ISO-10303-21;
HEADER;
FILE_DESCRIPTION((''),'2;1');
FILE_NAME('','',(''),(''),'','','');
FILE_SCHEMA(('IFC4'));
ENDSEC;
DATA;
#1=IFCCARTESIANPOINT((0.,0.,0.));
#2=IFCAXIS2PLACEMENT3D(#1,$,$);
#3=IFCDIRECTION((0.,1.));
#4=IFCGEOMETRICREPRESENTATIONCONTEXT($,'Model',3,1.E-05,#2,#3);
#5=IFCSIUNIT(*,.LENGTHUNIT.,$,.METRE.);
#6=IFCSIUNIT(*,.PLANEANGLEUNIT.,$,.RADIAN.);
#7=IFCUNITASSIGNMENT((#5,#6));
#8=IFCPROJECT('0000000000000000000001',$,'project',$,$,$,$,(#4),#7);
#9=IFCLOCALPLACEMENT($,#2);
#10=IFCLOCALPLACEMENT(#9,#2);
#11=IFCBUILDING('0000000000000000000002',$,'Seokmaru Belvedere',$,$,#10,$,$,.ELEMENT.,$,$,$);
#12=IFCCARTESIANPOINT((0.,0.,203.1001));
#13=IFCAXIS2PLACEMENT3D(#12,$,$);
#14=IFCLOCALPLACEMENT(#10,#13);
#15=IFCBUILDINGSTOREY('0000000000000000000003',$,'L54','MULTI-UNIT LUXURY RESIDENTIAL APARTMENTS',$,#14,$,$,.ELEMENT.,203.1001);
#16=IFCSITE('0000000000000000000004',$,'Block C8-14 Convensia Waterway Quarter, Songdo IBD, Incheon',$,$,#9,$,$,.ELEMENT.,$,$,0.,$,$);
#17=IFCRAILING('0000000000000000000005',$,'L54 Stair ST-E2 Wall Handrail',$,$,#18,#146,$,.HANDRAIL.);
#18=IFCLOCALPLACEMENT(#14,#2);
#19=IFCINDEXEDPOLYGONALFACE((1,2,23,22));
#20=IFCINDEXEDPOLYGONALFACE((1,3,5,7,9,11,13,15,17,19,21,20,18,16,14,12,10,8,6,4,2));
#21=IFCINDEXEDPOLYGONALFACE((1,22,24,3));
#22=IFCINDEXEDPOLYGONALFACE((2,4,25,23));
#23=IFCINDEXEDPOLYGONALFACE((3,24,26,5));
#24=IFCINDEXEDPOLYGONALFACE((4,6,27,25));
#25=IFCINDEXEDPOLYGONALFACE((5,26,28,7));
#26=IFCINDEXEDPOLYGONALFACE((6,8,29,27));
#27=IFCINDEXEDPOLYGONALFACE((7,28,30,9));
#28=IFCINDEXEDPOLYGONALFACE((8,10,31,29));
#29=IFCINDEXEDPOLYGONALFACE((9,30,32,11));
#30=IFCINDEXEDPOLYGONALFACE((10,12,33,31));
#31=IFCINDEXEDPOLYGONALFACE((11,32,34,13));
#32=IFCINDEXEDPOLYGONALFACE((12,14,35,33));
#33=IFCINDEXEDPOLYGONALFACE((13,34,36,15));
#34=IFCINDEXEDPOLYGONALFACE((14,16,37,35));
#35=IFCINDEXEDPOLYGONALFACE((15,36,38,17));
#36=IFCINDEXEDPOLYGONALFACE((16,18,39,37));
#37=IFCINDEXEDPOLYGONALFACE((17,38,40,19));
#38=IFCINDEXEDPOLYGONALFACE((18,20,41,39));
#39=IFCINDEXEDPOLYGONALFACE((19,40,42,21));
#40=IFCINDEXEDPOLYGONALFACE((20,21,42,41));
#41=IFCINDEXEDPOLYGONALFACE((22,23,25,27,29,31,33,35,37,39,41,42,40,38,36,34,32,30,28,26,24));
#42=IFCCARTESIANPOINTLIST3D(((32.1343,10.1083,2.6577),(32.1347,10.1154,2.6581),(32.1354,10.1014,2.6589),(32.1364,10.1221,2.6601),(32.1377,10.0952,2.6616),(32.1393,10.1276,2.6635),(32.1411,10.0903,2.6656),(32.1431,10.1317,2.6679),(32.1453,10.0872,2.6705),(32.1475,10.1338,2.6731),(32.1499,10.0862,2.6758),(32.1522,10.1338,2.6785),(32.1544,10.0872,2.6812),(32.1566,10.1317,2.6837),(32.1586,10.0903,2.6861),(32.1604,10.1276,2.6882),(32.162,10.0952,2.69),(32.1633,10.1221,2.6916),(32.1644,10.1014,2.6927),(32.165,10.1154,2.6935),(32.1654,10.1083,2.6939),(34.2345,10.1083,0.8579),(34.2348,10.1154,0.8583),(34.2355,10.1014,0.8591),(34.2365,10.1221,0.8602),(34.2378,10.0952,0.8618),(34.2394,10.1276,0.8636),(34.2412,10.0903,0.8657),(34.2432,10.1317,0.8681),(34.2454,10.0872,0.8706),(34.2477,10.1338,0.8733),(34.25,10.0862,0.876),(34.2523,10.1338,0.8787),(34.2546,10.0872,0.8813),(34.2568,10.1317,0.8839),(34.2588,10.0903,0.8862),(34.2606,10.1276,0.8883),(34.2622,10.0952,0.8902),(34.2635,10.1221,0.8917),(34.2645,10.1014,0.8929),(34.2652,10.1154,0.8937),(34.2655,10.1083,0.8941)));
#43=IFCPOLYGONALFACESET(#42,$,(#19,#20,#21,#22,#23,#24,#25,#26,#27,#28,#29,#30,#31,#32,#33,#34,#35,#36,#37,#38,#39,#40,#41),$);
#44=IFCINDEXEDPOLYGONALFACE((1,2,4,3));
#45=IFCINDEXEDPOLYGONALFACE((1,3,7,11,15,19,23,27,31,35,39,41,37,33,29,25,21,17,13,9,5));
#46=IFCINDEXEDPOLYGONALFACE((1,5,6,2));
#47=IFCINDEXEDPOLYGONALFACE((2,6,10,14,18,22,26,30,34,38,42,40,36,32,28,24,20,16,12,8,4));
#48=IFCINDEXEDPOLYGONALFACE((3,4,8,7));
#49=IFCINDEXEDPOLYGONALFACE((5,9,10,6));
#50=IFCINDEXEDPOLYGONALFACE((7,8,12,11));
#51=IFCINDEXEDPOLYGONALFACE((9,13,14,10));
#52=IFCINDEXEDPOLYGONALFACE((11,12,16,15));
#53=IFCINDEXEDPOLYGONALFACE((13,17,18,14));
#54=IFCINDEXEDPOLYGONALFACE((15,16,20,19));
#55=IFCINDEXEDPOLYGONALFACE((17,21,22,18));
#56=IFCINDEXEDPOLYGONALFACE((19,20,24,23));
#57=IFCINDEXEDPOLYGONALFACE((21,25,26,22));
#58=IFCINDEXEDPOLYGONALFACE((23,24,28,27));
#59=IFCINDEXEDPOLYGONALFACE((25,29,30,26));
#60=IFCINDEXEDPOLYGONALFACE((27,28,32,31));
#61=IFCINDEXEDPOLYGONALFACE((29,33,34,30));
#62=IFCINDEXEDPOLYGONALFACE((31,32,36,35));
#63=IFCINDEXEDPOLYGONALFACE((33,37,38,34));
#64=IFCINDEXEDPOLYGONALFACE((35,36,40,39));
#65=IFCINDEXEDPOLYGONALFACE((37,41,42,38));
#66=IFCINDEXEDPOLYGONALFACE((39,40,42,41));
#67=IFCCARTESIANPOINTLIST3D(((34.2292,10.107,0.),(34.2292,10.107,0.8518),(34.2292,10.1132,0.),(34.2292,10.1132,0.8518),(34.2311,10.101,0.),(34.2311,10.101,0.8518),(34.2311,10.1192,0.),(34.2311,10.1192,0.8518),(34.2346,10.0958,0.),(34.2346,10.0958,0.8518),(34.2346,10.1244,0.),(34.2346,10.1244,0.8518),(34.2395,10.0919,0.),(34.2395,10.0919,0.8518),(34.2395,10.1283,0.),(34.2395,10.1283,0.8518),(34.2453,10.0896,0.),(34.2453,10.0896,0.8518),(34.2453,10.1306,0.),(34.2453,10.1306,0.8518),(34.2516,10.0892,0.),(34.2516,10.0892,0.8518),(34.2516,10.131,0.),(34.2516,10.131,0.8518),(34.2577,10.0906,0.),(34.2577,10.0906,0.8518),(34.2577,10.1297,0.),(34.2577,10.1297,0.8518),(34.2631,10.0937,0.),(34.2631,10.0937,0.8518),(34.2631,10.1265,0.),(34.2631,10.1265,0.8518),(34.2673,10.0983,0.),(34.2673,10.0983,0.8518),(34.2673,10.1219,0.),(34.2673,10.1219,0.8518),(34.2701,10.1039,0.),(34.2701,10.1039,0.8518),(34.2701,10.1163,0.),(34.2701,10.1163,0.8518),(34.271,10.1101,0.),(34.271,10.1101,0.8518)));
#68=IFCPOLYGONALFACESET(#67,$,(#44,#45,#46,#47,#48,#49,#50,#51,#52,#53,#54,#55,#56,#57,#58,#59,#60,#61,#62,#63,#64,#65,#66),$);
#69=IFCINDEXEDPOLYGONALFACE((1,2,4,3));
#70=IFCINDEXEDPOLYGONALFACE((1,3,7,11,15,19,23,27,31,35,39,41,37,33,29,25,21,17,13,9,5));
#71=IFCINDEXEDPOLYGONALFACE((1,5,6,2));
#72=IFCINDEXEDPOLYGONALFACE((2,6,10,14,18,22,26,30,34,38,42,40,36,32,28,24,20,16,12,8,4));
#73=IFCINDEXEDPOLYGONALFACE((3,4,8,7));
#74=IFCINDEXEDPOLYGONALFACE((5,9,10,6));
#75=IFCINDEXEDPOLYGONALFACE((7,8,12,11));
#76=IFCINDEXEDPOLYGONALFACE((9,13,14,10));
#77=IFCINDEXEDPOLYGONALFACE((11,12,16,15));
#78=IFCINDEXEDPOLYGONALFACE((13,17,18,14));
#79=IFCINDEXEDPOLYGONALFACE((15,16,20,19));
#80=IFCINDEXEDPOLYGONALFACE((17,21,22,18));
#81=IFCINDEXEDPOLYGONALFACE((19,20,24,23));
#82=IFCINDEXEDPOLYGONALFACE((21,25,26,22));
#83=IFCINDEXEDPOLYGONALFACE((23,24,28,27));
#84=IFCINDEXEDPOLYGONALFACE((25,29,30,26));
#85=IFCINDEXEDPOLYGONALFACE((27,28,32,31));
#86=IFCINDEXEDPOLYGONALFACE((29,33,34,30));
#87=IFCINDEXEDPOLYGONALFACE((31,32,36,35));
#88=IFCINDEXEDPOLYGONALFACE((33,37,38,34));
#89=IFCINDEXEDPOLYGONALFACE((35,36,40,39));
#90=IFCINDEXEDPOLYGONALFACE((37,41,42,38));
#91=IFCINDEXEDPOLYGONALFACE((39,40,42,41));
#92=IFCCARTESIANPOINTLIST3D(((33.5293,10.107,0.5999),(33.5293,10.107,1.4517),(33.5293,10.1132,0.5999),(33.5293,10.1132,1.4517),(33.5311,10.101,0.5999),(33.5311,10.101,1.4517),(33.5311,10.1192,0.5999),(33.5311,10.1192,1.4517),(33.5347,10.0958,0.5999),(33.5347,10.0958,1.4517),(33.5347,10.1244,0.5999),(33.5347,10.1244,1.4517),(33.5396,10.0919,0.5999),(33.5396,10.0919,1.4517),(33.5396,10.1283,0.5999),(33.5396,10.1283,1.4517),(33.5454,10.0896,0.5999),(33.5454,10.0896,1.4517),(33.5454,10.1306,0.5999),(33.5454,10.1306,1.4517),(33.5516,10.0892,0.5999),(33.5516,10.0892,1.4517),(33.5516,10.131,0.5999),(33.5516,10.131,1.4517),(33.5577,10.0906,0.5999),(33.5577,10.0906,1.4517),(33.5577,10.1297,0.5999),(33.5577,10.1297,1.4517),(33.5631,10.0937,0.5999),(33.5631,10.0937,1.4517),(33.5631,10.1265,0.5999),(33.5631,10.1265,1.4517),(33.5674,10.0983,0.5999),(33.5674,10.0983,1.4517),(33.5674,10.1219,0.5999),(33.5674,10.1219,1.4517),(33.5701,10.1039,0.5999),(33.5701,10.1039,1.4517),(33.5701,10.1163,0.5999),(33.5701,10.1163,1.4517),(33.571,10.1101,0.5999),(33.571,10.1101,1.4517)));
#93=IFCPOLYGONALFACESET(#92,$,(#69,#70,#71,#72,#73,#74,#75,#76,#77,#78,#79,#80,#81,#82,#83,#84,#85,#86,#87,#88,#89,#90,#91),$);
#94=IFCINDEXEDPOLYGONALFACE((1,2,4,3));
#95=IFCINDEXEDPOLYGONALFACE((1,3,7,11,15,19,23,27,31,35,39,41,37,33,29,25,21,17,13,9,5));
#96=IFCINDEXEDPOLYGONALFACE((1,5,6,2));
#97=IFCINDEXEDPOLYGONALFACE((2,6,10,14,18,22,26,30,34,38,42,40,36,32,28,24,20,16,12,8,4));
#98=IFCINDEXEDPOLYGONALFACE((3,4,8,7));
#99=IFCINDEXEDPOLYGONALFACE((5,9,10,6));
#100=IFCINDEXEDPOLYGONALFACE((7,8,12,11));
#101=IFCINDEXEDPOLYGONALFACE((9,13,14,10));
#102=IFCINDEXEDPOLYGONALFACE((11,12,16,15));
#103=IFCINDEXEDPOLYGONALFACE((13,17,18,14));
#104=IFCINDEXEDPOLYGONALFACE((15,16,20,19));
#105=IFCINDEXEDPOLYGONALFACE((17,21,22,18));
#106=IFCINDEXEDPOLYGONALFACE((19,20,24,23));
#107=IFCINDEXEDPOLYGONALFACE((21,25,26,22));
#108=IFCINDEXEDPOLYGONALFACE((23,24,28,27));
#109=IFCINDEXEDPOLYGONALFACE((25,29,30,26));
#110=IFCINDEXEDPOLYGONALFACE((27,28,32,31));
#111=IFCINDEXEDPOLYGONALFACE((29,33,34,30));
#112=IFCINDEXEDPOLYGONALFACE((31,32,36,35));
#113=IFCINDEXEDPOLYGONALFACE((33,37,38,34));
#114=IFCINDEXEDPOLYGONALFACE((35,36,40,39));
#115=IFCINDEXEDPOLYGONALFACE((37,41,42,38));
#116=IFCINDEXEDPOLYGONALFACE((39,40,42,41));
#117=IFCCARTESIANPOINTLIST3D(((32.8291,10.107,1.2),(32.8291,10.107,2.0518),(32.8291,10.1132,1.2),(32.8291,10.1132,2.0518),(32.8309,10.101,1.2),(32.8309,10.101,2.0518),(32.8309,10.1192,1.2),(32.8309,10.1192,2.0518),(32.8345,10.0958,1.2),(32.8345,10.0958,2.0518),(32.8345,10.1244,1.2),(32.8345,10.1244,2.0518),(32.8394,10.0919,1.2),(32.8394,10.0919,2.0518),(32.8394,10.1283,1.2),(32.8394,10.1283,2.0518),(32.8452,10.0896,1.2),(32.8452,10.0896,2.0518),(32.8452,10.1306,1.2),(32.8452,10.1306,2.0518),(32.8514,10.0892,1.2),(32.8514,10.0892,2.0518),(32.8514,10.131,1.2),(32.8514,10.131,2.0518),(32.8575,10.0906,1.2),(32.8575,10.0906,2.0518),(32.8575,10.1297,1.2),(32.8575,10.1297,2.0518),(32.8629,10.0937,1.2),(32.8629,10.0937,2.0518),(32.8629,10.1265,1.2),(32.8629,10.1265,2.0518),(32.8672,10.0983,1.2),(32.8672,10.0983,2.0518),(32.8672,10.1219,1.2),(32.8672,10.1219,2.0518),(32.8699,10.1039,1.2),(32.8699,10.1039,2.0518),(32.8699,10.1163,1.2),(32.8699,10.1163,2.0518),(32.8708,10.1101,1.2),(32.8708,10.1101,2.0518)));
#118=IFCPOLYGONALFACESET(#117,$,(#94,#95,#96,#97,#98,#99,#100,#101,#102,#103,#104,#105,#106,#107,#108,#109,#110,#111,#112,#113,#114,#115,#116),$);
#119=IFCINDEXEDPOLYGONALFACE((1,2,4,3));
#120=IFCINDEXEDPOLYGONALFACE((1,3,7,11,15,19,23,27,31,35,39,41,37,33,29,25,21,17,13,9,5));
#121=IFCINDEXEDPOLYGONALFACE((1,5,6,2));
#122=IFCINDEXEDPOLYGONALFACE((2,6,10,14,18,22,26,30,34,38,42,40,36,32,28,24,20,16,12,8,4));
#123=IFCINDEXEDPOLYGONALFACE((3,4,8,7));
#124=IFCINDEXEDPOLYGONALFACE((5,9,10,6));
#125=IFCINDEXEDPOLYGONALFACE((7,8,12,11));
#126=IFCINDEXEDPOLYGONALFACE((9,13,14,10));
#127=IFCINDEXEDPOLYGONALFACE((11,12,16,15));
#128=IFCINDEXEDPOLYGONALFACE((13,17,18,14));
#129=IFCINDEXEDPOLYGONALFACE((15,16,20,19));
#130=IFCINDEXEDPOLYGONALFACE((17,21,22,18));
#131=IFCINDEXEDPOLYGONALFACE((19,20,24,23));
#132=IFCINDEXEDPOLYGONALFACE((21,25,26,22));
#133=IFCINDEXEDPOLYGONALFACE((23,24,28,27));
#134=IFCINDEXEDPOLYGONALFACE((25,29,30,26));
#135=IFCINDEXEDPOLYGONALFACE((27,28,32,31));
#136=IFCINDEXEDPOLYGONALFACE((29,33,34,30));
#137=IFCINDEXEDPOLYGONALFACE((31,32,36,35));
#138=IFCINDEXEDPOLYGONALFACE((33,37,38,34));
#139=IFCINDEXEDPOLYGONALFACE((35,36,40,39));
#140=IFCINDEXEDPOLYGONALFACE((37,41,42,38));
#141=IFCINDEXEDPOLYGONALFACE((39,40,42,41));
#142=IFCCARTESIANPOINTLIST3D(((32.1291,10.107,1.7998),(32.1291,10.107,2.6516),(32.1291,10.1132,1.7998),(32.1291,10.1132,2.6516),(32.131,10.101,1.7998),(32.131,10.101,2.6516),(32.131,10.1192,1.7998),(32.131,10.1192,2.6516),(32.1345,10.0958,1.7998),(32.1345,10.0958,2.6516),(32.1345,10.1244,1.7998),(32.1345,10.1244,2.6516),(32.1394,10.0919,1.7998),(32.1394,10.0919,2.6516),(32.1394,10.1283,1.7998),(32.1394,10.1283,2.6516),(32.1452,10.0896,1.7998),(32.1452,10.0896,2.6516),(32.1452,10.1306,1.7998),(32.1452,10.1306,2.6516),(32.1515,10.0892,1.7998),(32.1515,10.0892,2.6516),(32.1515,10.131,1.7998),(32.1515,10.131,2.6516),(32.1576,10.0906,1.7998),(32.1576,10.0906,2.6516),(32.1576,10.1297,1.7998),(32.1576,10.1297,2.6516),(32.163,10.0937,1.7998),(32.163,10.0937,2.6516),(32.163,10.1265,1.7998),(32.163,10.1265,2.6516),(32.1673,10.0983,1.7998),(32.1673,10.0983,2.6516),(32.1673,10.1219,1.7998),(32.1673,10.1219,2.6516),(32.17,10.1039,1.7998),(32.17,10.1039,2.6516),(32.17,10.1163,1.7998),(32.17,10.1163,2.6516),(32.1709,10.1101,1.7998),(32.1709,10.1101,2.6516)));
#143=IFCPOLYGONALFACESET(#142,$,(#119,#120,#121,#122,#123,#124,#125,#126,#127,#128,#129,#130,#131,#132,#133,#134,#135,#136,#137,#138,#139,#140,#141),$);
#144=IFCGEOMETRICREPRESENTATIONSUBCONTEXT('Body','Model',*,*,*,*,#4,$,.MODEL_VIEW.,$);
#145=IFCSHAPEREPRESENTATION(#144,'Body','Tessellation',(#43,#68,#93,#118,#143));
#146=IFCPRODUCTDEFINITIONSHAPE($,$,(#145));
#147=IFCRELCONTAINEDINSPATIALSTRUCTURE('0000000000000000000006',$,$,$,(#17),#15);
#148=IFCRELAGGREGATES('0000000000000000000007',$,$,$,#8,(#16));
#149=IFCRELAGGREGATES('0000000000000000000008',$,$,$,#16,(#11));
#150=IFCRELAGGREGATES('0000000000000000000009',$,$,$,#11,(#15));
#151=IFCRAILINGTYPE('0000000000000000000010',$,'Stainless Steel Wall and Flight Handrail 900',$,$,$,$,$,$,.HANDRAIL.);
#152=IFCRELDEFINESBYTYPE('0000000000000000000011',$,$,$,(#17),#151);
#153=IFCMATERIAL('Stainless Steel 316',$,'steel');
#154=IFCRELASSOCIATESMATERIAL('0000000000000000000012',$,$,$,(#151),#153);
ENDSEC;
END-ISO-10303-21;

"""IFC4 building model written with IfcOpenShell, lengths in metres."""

from ifc_helpers import new_model, si_unit, direction, frame, origin, origin_2d, place, context, subcontext, project, spatial, circle, extrude, material, type_object, element, save


model = new_model("IFC4")

# Units and contexts
model_context = context("Model", 3, precision=1e-05, world=origin(), true_north=direction((0.0, 1.0)))
body_context = subcontext(model_context, "Body", "Model", "MODEL_VIEW")
ifc_project = project(units=[si_unit("LENGTHUNIT", "METRE"), si_unit("PLANEANGLEUNIT", "RADIAN")], contexts=[model_context])

# Site, building, storey
site_placement = place(None, origin())
site = spatial("IfcSite", under=ifc_project, at=site_placement, Name="Block C8-14 Convensia Waterway Quarter, Songdo IBD, Incheon", CompositionType="ELEMENT", RefElevation=0.0)
building_placement = place(site_placement, origin())
building = spatial("IfcBuilding", under=site, at=building_placement, Name="Seokmaru Belvedere", CompositionType="ELEMENT")
storey_placement = place(building_placement, frame((0.0, 0.0, 203.1001)))
storey = spatial("IfcBuildingStorey", under=building, at=storey_placement, Name="L54", Description="MULTI-UNIT LUXURY RESIDENTIAL APARTMENTS", CompositionType="ELEMENT", Elevation=203.1001)

# Railing
ifc_material_1 = material(Name="Stainless Steel 316", Category="steel")
railing_type_1 = type_object("IfcRailingType", Name="Stainless Steel Wall and Flight Handrail 900", PredefinedType="HANDRAIL", material=ifc_material_1)
railing_1_placement = place(storey_placement, frame((34.25, 10.1101, 0.0)))
element("IfcRailing", 1, at=railing_1_placement, inside=storey, type_object=railing_type_1, Name="L54 Stair ST-E2 Wall Handrail", PredefinedType="HANDRAIL", context=body_context, shape_type="SweptSolid", body=[
    extrude(circle(Radius=0.0239, at=origin_2d()), frame((0.0, 0.0, 0.876), z_axis=(-0.759306, 0.0, 0.650733), x_axis=(0.0, -1.0, 0.0)), (0.0, 0.0, 1.0), 2.7659),
    extrude(circle(Radius=0.021, at=origin_2d()), origin(), (0.0, 0.0, 1.0), 0.8518),
    extrude(circle(Radius=0.021, at=origin_2d()), frame((-0.7, 0.0, 0.5999)), (0.0, 0.0, 1.0), 0.8518),
    extrude(circle(Radius=0.021, at=origin_2d()), frame((-1.4001, 0.0, 1.2)), (0.0, 0.0, 1.0), 0.8518),
    extrude(circle(Radius=0.021, at=origin_2d()), frame((-2.1001, 0.0, 1.7998)), (0.0, 0.0, 1.0), 0.8518),
])

save(model, "model.ifc")
